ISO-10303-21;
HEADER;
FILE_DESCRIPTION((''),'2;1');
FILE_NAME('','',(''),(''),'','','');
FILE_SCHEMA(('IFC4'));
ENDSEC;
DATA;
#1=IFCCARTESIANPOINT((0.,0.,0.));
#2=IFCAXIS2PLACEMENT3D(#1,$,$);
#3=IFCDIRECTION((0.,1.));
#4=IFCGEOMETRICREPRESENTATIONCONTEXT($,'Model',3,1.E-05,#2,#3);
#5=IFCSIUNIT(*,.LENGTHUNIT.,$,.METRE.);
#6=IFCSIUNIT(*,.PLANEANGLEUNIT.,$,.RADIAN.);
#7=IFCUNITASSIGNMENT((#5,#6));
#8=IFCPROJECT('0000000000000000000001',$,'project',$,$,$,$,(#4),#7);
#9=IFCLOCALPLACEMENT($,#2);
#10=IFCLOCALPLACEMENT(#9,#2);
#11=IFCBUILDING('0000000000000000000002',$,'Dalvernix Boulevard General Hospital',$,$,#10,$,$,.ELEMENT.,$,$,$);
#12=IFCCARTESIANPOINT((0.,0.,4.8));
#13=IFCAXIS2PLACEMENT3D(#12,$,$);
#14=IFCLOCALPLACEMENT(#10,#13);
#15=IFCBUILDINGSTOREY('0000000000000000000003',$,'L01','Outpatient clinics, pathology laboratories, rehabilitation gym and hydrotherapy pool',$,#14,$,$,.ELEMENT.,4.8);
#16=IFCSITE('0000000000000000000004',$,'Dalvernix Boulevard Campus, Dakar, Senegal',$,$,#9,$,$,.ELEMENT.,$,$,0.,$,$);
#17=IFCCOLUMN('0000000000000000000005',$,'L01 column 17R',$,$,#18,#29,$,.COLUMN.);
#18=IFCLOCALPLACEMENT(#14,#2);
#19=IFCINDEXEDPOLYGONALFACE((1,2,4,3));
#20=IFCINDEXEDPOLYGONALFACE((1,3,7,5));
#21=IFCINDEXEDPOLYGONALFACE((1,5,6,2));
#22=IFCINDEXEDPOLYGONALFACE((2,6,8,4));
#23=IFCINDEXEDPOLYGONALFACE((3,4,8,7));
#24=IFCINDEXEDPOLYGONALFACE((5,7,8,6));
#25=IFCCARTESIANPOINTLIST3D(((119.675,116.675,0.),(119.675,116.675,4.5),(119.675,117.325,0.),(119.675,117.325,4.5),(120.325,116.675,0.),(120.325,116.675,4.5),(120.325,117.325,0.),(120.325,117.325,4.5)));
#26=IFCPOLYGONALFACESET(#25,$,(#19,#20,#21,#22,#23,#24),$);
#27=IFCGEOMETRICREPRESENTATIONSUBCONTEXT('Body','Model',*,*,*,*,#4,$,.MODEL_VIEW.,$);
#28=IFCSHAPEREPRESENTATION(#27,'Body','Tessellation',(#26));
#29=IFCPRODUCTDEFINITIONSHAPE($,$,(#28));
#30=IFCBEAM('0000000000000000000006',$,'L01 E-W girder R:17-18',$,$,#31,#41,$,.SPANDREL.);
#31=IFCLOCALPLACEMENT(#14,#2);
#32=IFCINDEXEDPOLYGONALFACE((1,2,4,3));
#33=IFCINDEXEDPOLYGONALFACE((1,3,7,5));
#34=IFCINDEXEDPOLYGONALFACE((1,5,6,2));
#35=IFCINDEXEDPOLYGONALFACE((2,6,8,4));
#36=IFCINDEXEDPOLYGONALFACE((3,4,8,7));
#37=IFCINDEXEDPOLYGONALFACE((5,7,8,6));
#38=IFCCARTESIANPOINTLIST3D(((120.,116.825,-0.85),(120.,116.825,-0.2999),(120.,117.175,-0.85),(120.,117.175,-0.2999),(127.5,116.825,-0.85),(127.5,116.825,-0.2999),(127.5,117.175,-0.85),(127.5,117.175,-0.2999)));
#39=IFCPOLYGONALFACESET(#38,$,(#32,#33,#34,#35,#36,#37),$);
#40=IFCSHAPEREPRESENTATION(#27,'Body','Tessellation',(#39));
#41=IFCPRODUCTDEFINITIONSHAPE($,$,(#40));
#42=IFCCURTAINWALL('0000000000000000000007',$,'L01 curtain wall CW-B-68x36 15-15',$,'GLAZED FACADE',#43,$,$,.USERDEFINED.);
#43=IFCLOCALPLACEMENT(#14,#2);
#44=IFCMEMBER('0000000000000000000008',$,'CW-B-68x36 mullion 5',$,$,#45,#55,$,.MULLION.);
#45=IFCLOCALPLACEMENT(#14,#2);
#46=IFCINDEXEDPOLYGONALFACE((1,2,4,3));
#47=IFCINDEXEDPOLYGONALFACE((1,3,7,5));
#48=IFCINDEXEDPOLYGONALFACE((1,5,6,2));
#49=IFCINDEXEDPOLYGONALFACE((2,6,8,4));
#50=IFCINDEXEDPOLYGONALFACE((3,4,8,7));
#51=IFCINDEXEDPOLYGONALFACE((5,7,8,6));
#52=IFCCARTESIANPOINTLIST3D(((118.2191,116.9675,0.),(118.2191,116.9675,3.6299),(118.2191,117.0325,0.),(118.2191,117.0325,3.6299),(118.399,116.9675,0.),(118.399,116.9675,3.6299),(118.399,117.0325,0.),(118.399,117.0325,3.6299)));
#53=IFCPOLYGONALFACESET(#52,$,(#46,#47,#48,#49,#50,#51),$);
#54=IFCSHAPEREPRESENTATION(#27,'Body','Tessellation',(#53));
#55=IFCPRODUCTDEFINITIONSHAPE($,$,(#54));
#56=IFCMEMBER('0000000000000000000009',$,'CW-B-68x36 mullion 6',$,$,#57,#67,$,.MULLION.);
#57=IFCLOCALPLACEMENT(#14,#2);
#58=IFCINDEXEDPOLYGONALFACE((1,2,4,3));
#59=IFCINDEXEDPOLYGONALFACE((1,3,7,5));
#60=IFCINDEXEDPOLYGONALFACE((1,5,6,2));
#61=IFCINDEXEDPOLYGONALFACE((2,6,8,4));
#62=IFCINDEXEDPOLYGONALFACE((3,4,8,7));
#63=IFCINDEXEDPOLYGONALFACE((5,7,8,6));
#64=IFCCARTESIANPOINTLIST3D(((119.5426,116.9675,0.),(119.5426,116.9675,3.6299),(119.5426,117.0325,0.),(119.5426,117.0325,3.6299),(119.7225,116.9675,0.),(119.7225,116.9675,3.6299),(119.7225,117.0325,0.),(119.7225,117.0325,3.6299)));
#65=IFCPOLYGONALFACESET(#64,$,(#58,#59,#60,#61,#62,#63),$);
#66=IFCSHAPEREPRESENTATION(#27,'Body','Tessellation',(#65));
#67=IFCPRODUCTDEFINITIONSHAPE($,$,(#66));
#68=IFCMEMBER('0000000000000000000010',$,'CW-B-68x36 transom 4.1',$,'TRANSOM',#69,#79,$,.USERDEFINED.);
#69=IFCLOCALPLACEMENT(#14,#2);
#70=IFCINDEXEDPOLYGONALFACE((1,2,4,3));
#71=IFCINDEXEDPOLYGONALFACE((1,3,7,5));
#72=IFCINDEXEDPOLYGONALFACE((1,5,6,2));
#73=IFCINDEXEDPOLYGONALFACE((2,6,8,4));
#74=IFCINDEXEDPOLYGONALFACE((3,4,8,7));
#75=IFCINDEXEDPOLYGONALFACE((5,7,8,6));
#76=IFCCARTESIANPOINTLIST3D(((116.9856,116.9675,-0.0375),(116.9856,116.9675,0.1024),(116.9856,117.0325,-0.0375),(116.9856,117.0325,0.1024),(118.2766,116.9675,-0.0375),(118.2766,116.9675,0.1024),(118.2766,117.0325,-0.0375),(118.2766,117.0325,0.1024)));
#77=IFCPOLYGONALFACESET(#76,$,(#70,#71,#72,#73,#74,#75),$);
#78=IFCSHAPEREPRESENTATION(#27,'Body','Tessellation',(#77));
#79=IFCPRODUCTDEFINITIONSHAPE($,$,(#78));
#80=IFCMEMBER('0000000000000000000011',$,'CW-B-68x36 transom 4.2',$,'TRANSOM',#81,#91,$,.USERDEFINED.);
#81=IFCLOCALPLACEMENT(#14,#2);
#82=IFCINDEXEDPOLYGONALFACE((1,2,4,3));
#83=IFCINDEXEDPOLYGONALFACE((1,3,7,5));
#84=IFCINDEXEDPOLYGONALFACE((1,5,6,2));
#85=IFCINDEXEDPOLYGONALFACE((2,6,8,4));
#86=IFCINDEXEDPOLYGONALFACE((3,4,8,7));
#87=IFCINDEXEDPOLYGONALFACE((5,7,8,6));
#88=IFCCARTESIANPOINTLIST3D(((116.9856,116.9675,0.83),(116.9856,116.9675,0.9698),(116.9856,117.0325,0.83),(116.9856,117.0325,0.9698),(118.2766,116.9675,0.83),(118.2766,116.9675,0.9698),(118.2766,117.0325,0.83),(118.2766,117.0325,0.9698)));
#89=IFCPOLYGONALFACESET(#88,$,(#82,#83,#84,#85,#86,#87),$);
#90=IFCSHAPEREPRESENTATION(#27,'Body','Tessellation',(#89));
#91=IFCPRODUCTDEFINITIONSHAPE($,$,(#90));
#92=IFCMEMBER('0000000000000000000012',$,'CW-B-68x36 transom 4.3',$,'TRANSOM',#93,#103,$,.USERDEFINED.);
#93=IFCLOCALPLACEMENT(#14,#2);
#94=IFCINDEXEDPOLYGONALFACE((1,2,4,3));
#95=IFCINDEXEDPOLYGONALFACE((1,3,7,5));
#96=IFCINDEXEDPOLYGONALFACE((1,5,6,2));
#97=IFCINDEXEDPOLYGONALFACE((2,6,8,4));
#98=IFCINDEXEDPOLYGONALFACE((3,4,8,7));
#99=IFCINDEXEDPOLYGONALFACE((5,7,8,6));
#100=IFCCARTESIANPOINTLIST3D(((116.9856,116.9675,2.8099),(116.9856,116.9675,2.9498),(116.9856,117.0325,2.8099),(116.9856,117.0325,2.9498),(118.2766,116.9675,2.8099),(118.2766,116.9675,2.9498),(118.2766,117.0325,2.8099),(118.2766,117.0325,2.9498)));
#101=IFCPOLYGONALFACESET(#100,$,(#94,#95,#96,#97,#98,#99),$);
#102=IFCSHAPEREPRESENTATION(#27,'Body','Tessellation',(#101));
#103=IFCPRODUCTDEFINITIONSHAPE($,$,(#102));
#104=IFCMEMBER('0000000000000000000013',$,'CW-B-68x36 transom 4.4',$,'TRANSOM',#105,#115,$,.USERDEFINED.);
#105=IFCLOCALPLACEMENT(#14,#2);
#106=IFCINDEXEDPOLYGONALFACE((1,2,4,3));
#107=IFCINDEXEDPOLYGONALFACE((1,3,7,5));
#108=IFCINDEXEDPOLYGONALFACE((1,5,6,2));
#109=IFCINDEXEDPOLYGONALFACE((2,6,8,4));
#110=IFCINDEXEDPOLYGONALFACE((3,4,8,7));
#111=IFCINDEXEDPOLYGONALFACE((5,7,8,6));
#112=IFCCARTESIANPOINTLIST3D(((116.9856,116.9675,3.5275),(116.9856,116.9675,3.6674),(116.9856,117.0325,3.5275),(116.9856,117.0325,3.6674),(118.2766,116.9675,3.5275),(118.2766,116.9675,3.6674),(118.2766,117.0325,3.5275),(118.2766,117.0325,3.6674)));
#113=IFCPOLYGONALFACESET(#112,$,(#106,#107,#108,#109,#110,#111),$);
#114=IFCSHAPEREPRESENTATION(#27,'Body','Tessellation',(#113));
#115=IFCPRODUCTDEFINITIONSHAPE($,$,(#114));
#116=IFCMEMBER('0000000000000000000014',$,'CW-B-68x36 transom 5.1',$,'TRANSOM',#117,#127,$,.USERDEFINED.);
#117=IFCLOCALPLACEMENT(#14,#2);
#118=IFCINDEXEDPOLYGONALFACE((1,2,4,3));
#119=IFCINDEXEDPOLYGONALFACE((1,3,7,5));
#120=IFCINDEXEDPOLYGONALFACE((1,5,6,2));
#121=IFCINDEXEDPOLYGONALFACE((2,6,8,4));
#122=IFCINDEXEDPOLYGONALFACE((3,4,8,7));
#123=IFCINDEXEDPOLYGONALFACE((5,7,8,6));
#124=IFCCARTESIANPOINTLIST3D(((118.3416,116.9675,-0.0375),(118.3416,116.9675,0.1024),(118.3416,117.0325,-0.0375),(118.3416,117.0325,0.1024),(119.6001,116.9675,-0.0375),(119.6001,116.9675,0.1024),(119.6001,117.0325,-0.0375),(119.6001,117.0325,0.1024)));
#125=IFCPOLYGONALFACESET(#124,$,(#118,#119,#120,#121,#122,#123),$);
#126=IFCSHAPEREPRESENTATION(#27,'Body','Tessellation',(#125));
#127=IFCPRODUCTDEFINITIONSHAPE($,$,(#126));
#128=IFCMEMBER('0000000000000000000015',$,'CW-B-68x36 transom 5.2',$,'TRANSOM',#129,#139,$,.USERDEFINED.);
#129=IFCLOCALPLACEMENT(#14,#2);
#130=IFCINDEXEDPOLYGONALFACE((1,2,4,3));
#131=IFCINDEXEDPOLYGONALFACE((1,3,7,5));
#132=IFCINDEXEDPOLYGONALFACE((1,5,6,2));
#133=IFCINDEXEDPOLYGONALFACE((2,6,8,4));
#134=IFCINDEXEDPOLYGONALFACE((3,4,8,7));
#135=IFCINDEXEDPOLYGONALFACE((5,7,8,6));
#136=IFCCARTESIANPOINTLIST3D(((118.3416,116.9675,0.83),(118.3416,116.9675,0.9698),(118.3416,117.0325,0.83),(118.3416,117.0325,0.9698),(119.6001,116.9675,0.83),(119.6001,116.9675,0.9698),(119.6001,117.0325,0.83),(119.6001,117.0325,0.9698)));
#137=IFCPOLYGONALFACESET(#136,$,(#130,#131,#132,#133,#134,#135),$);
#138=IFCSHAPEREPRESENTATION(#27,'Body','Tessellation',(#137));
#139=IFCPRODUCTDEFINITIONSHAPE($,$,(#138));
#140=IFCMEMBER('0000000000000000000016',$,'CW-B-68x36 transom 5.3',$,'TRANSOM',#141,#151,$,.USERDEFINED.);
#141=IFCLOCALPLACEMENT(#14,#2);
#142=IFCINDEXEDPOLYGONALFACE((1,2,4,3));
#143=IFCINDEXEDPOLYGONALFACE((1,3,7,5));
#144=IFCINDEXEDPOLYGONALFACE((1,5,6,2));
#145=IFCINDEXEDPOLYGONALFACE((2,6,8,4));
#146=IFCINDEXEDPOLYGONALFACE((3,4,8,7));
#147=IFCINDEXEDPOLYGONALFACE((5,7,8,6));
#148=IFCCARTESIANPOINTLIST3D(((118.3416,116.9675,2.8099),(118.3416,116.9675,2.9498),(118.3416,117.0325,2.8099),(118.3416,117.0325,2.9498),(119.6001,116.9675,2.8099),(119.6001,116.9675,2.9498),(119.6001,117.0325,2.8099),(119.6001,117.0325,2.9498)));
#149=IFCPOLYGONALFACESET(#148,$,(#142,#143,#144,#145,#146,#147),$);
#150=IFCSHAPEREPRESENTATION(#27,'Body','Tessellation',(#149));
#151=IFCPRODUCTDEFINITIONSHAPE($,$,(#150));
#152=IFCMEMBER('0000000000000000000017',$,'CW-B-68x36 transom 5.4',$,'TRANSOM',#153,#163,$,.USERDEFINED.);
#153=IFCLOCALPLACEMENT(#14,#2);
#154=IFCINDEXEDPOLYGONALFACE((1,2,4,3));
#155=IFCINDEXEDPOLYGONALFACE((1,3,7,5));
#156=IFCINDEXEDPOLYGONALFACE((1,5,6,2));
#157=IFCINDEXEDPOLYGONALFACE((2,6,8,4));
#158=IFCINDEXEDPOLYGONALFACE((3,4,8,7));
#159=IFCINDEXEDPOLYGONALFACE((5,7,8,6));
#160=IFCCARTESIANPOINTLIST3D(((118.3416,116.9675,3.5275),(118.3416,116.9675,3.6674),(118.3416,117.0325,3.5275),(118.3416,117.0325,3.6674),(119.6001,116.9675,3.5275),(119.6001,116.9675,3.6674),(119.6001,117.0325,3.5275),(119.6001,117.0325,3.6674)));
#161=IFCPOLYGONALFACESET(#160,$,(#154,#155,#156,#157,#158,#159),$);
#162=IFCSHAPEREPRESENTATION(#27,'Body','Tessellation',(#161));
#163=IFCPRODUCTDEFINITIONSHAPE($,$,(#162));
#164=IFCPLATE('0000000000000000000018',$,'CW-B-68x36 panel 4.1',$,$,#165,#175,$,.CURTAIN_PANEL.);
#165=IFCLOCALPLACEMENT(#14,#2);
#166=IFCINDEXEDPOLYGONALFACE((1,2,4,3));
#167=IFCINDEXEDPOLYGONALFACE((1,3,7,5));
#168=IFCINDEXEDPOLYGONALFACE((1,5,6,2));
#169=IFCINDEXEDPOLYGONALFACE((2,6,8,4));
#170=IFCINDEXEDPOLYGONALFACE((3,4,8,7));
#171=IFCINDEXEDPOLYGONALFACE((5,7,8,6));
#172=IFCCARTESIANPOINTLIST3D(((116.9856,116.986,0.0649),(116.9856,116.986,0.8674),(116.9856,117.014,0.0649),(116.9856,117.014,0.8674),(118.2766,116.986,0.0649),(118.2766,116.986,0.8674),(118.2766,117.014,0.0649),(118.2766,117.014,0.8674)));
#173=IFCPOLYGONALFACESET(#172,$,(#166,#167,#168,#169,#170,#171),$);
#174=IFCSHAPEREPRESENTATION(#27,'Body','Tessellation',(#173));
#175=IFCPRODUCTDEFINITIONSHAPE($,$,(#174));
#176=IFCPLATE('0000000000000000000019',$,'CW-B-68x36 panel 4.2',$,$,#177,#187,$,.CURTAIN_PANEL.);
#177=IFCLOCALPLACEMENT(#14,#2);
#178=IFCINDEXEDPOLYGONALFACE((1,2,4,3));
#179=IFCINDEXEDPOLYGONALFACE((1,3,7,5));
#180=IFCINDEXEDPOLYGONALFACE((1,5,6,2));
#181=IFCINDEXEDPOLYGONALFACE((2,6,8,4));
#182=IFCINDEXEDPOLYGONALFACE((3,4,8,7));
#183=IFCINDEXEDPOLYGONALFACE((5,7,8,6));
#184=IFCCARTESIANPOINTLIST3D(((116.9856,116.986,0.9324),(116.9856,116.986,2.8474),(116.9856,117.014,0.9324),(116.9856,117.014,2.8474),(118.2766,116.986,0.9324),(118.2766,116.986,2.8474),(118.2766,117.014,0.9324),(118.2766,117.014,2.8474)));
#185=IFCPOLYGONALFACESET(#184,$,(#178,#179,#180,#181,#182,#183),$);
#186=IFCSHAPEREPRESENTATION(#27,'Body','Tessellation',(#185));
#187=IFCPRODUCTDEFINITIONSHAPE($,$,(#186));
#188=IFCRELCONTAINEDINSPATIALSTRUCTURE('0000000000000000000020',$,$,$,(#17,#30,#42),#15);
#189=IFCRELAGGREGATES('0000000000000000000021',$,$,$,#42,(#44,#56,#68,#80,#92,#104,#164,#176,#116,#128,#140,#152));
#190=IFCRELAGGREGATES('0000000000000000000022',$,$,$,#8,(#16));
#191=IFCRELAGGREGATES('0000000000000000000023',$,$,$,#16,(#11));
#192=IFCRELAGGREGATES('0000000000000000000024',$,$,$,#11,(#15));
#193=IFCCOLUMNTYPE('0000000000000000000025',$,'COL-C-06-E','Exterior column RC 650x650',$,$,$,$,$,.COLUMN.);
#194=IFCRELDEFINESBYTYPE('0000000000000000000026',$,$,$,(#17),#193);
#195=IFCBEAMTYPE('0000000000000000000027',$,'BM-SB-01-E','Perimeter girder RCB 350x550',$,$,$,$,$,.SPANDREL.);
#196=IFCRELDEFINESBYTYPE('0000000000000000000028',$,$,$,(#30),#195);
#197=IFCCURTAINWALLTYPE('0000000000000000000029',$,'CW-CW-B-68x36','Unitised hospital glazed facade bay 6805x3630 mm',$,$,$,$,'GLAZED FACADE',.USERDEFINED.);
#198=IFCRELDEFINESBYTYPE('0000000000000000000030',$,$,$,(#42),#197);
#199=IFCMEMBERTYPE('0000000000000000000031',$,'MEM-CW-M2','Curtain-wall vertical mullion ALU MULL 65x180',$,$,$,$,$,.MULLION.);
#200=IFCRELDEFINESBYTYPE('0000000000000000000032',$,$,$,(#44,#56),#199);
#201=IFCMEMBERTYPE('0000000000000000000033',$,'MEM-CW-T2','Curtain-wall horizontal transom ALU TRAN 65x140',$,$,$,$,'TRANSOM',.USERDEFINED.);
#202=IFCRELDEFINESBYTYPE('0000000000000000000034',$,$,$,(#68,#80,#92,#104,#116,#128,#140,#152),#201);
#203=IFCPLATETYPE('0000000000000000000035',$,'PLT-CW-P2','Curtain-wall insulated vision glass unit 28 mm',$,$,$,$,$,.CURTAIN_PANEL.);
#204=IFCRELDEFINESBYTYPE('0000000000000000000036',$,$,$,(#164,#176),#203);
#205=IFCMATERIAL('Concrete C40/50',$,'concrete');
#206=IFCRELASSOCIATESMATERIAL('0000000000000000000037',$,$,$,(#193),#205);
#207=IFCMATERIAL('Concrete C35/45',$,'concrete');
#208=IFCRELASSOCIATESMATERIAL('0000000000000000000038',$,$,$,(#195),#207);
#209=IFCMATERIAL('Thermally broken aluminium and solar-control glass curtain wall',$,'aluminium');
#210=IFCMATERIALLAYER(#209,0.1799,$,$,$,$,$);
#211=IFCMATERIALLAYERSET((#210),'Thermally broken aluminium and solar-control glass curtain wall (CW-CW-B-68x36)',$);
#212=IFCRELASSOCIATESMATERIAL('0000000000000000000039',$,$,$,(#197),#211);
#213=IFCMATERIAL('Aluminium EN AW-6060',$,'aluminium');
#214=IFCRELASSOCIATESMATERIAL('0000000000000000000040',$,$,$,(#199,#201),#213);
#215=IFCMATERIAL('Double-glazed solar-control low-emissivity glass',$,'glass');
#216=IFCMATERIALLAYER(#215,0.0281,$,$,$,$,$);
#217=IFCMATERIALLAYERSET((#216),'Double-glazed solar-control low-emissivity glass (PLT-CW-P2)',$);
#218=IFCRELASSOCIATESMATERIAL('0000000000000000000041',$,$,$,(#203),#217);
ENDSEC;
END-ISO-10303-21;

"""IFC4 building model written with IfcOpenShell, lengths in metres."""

from ifc_helpers import new_model, si_unit, direction, frame, origin, origin_2d, place, context, subcontext, project, spatial, rectangle, extrude, material, layer, layer_set, material_profile, profile_set, type_object, element, aggregate, save


model = new_model("IFC4")

# Units and contexts
model_context = context("Model", 3, precision=1e-05, world=origin(), true_north=direction((0.0, 1.0)))
body_context = subcontext(model_context, "Body", "Model", "MODEL_VIEW")
ifc_project = project(units=[si_unit("LENGTHUNIT", "METRE"), si_unit("PLANEANGLEUNIT", "RADIAN")], contexts=[model_context])

# Site, building, storey
site_placement = place(None, origin())
site = spatial("IfcSite", under=ifc_project, at=site_placement, Name="Dalvernix Boulevard Campus, Dakar, Senegal", CompositionType="ELEMENT", RefElevation=0.0)
building_placement = place(site_placement, origin())
building = spatial("IfcBuilding", under=site, at=building_placement, Name="Dalvernix Boulevard General Hospital", CompositionType="ELEMENT")
storey_placement = place(building_placement, frame((0.0, 0.0, 4.8)))
storey = spatial("IfcBuildingStorey", under=building, at=storey_placement, Name="L01", Description="Outpatient clinics, pathology laboratories, rehabilitation gym and hydrotherapy pool", CompositionType="ELEMENT", Elevation=4.8)

# Column
ifc_material_1 = material(Name="Concrete C40/50", Category="concrete")
ifc_material_profile_1 = material_profile(ifc_material_1, rectangle(XDim=0.6499, YDim=0.6499, at=origin_2d()), Name="RC 650x650")
ifc_profile_set_1 = profile_set([ifc_material_profile_1], Name="Concrete C40/50")
column_type = type_object("IfcColumnType", Name="COL-C-06-E", Description="Exterior column RC 650x650", PredefinedType="COLUMN", material=ifc_profile_set_1)
column_placement = place(storey_placement, frame((120.0, 117.0, 0.0), z_axis=(0.0, 0.0, 1.0), x_axis=(1.0, 0.0, 0.0)))
element("IfcColumn", 1, at=column_placement, inside=storey, type_object=column_type, Name="L01 column 17R", PredefinedType="COLUMN", context=body_context, shape_type="SweptSolid", body=[
    extrude(rectangle(XDim=0.6499, YDim=0.6499, at=origin_2d()), origin(), (0.0, 0.0, 1.0), 4.5),
])

# Beam
ifc_material_2 = material(Name="Concrete C35/45", Category="concrete")
ifc_material_profile_2 = material_profile(ifc_material_2, rectangle(XDim=0.3501, YDim=0.55, at=origin_2d()), Name="RCB 350x550")
ifc_profile_set_2 = profile_set([ifc_material_profile_2], Name="Concrete C35/45")
beam_type = type_object("IfcBeamType", Name="BM-SB-01-E", Description="Perimeter girder RCB 350x550", PredefinedType="SPANDREL", material=ifc_profile_set_2)
beam_placement = place(storey_placement, frame((120.0, 117.0, -0.575), z_axis=(1.0, 0.0, 0.0), x_axis=(0.0, 1.0, 0.0)))
element("IfcBeam", 2, at=beam_placement, inside=storey, type_object=beam_type, Name="L01 E-W girder R:17-18", PredefinedType="SPANDREL", context=body_context, shape_type="SweptSolid", body=[
    extrude(rectangle(XDim=0.3501, YDim=0.55, at=origin_2d()), origin(), (0.0, 0.0, 1.0), 7.5),
])

# Curtain wall, members, plates
ifc_material_3 = material(Name="Thermally broken aluminium and solar-control glass curtain wall", Category="aluminium")
ifc_layer_1 = layer(ifc_material_3, 0.1799)
ifc_layer_set_1 = layer_set([ifc_layer_1], Name="Thermally broken aluminium and solar-control glass curtain wall (CW-CW-B-68x36)")
curtain_wall_type = type_object("IfcCurtainWallType", Name="CW-CW-B-68x36", Description="Unitised hospital glazed facade bay 6805x3630 mm", ElementType="GLAZED FACADE", PredefinedType="USERDEFINED", material=ifc_layer_set_1)
curtain_wall_placement = place(storey_placement, origin())
curtain_wall = element("IfcCurtainWall", 3, at=curtain_wall_placement, inside=storey, type_object=curtain_wall_type, Name="L01 curtain wall CW-B-68x36 15-15", ObjectType="GLAZED FACADE", PredefinedType="USERDEFINED")
ifc_material_4 = material(Name="Aluminium EN AW-6060", Category="aluminium")
ifc_material_profile_3 = material_profile(ifc_material_4, rectangle(XDim=0.0649, YDim=0.1799, at=origin_2d()), Name="ALU MULL 65x180")
ifc_profile_set_3 = profile_set([ifc_material_profile_3], Name="Aluminium EN AW-6060")
member_type_1 = type_object("IfcMemberType", Name="MEM-CW-M2", Description="Curtain-wall vertical mullion ALU MULL 65x180", PredefinedType="MULLION", material=ifc_profile_set_3)
member_1_placement = place(storey_placement, frame((118.3091, 117.0, 0.0), z_axis=(0.0, 0.0, 1.0), x_axis=(0.0, 1.0, 0.0)))
member_1 = element("IfcMember", 4, at=member_1_placement, type_object=member_type_1, Name="CW-B-68x36 mullion 5", PredefinedType="MULLION", context=body_context, shape_type="SweptSolid", body=[
    extrude(rectangle(XDim=0.0649, YDim=0.1799, at=origin_2d()), origin(), (0.0, 0.0, 1.0), 3.6299),
])
member_2_placement = place(storey_placement, frame((119.6326, 117.0, 0.0), z_axis=(0.0, 0.0, 1.0), x_axis=(0.0, 1.0, 0.0)))
member_2 = element("IfcMember", 5, at=member_2_placement, type_object=member_type_1, Name="CW-B-68x36 mullion 6", PredefinedType="MULLION", context=body_context, shape_type="SweptSolid", body=[
    extrude(rectangle(XDim=0.0649, YDim=0.1799, at=origin_2d()), origin(), (0.0, 0.0, 1.0), 3.6299),
])
ifc_material_profile_4 = material_profile(ifc_material_4, rectangle(XDim=0.0649, YDim=0.1399, at=origin_2d()), Name="ALU TRAN 65x140")
ifc_profile_set_4 = profile_set([ifc_material_profile_4], Name="Aluminium EN AW-6060")
member_type_2 = type_object("IfcMemberType", Name="MEM-CW-T2", Description="Curtain-wall horizontal transom ALU TRAN 65x140", ElementType="TRANSOM", PredefinedType="USERDEFINED", material=ifc_profile_set_4)
member_3_placement = place(storey_placement, frame((116.9856, 117.0, 0.0325), z_axis=(1.0, 0.0, 0.0), x_axis=(0.0, 1.0, 0.0)))
member_3 = element("IfcMember", 6, at=member_3_placement, type_object=member_type_2, Name="CW-B-68x36 transom 4.1", ObjectType="TRANSOM", PredefinedType="USERDEFINED", context=body_context, shape_type="SweptSolid", body=[
    extrude(rectangle(XDim=0.0649, YDim=0.1399, at=origin_2d()), origin(), (0.0, 0.0, 1.0), 1.291),
])
member_4_placement = place(storey_placement, frame((116.9856, 117.0, 0.8999), z_axis=(1.0, 0.0, 0.0), x_axis=(0.0, 1.0, 0.0)))
member_4 = element("IfcMember", 7, at=member_4_placement, type_object=member_type_2, Name="CW-B-68x36 transom 4.2", ObjectType="TRANSOM", PredefinedType="USERDEFINED", context=body_context, shape_type="SweptSolid", body=[
    extrude(rectangle(XDim=0.0649, YDim=0.1399, at=origin_2d()), origin(), (0.0, 0.0, 1.0), 1.291),
])
member_5_placement = place(storey_placement, frame((116.9856, 117.0, 2.8799), z_axis=(1.0, 0.0, 0.0), x_axis=(0.0, 1.0, 0.0)))
member_5 = element("IfcMember", 8, at=member_5_placement, type_object=member_type_2, Name="CW-B-68x36 transom 4.3", ObjectType="TRANSOM", PredefinedType="USERDEFINED", context=body_context, shape_type="SweptSolid", body=[
    extrude(rectangle(XDim=0.0649, YDim=0.1399, at=origin_2d()), origin(), (0.0, 0.0, 1.0), 1.291),
])
member_6_placement = place(storey_placement, frame((116.9856, 117.0, 3.5974), z_axis=(1.0, 0.0, 0.0), x_axis=(0.0, 1.0, 0.0)))
member_6 = element("IfcMember", 9, at=member_6_placement, type_object=member_type_2, Name="CW-B-68x36 transom 4.4", ObjectType="TRANSOM", PredefinedType="USERDEFINED", context=body_context, shape_type="SweptSolid", body=[
    extrude(rectangle(XDim=0.0649, YDim=0.1399, at=origin_2d()), origin(), (0.0, 0.0, 1.0), 1.291),
])
member_7_placement = place(storey_placement, frame((118.3416, 117.0, 0.0325), z_axis=(1.0, 0.0, 0.0), x_axis=(0.0, 1.0, 0.0)))
member_7 = element("IfcMember", 10, at=member_7_placement, type_object=member_type_2, Name="CW-B-68x36 transom 5.1", ObjectType="TRANSOM", PredefinedType="USERDEFINED", context=body_context, shape_type="SweptSolid", body=[
    extrude(rectangle(XDim=0.0649, YDim=0.1399, at=origin_2d()), origin(), (0.0, 0.0, 1.0), 1.2585),
])
member_8_placement = place(storey_placement, frame((118.3416, 117.0, 0.8999), z_axis=(1.0, 0.0, 0.0), x_axis=(0.0, 1.0, 0.0)))
member_8 = element("IfcMember", 11, at=member_8_placement, type_object=member_type_2, Name="CW-B-68x36 transom 5.2", ObjectType="TRANSOM", PredefinedType="USERDEFINED", context=body_context, shape_type="SweptSolid", body=[
    extrude(rectangle(XDim=0.0649, YDim=0.1399, at=origin_2d()), origin(), (0.0, 0.0, 1.0), 1.2585),
])
member_9_placement = place(storey_placement, frame((118.3416, 117.0, 2.8799), z_axis=(1.0, 0.0, 0.0), x_axis=(0.0, 1.0, 0.0)))
member_9 = element("IfcMember", 12, at=member_9_placement, type_object=member_type_2, Name="CW-B-68x36 transom 5.3", ObjectType="TRANSOM", PredefinedType="USERDEFINED", context=body_context, shape_type="SweptSolid", body=[
    extrude(rectangle(XDim=0.0649, YDim=0.1399, at=origin_2d()), origin(), (0.0, 0.0, 1.0), 1.2585),
])
member_10_placement = place(storey_placement, frame((118.3416, 117.0, 3.5974), z_axis=(1.0, 0.0, 0.0), x_axis=(0.0, 1.0, 0.0)))
member_10 = element("IfcMember", 13, at=member_10_placement, type_object=member_type_2, Name="CW-B-68x36 transom 5.4", ObjectType="TRANSOM", PredefinedType="USERDEFINED", context=body_context, shape_type="SweptSolid", body=[
    extrude(rectangle(XDim=0.0649, YDim=0.1399, at=origin_2d()), origin(), (0.0, 0.0, 1.0), 1.2585),
])
ifc_material_5 = material(Name="Double-glazed solar-control low-emissivity glass", Category="glass")
ifc_layer_2 = layer(ifc_material_5, 0.0281)
ifc_layer_set_2 = layer_set([ifc_layer_2], Name="Double-glazed solar-control low-emissivity glass (PLT-CW-P2)")
plate_type = type_object("IfcPlateType", Name="PLT-CW-P2", Description="Curtain-wall insulated vision glass unit 28 mm", PredefinedType="CURTAIN_PANEL", material=ifc_layer_set_2)
plate_1_placement = place(storey_placement, frame((117.6311, 117.0, 0.0649), z_axis=(0.0, 0.0, 1.0), x_axis=(1.0, 0.0, 0.0)))
plate_1 = element("IfcPlate", 14, at=plate_1_placement, type_object=plate_type, Name="CW-B-68x36 panel 4.1", PredefinedType="CURTAIN_PANEL", context=body_context, shape_type="SweptSolid", body=[
    extrude(rectangle(XDim=1.291, YDim=0.0281, at=origin_2d()), origin(), (0.0, 0.0, 1.0), 0.8025),
])
plate_2_placement = place(storey_placement, frame((117.6311, 117.0, 0.9324), z_axis=(0.0, 0.0, 1.0), x_axis=(1.0, 0.0, 0.0)))
plate_2 = element("IfcPlate", 15, at=plate_2_placement, type_object=plate_type, Name="CW-B-68x36 panel 4.2", PredefinedType="CURTAIN_PANEL", context=body_context, shape_type="SweptSolid", body=[
    extrude(rectangle(XDim=1.291, YDim=0.0281, at=origin_2d()), origin(), (0.0, 0.0, 1.0), 1.915),
])
aggregate(curtain_wall, [member_1, member_2, member_3, member_4, member_5, member_6, plate_1, plate_2, member_7, member_8, member_9, member_10])

save(model, "model.ifc")
